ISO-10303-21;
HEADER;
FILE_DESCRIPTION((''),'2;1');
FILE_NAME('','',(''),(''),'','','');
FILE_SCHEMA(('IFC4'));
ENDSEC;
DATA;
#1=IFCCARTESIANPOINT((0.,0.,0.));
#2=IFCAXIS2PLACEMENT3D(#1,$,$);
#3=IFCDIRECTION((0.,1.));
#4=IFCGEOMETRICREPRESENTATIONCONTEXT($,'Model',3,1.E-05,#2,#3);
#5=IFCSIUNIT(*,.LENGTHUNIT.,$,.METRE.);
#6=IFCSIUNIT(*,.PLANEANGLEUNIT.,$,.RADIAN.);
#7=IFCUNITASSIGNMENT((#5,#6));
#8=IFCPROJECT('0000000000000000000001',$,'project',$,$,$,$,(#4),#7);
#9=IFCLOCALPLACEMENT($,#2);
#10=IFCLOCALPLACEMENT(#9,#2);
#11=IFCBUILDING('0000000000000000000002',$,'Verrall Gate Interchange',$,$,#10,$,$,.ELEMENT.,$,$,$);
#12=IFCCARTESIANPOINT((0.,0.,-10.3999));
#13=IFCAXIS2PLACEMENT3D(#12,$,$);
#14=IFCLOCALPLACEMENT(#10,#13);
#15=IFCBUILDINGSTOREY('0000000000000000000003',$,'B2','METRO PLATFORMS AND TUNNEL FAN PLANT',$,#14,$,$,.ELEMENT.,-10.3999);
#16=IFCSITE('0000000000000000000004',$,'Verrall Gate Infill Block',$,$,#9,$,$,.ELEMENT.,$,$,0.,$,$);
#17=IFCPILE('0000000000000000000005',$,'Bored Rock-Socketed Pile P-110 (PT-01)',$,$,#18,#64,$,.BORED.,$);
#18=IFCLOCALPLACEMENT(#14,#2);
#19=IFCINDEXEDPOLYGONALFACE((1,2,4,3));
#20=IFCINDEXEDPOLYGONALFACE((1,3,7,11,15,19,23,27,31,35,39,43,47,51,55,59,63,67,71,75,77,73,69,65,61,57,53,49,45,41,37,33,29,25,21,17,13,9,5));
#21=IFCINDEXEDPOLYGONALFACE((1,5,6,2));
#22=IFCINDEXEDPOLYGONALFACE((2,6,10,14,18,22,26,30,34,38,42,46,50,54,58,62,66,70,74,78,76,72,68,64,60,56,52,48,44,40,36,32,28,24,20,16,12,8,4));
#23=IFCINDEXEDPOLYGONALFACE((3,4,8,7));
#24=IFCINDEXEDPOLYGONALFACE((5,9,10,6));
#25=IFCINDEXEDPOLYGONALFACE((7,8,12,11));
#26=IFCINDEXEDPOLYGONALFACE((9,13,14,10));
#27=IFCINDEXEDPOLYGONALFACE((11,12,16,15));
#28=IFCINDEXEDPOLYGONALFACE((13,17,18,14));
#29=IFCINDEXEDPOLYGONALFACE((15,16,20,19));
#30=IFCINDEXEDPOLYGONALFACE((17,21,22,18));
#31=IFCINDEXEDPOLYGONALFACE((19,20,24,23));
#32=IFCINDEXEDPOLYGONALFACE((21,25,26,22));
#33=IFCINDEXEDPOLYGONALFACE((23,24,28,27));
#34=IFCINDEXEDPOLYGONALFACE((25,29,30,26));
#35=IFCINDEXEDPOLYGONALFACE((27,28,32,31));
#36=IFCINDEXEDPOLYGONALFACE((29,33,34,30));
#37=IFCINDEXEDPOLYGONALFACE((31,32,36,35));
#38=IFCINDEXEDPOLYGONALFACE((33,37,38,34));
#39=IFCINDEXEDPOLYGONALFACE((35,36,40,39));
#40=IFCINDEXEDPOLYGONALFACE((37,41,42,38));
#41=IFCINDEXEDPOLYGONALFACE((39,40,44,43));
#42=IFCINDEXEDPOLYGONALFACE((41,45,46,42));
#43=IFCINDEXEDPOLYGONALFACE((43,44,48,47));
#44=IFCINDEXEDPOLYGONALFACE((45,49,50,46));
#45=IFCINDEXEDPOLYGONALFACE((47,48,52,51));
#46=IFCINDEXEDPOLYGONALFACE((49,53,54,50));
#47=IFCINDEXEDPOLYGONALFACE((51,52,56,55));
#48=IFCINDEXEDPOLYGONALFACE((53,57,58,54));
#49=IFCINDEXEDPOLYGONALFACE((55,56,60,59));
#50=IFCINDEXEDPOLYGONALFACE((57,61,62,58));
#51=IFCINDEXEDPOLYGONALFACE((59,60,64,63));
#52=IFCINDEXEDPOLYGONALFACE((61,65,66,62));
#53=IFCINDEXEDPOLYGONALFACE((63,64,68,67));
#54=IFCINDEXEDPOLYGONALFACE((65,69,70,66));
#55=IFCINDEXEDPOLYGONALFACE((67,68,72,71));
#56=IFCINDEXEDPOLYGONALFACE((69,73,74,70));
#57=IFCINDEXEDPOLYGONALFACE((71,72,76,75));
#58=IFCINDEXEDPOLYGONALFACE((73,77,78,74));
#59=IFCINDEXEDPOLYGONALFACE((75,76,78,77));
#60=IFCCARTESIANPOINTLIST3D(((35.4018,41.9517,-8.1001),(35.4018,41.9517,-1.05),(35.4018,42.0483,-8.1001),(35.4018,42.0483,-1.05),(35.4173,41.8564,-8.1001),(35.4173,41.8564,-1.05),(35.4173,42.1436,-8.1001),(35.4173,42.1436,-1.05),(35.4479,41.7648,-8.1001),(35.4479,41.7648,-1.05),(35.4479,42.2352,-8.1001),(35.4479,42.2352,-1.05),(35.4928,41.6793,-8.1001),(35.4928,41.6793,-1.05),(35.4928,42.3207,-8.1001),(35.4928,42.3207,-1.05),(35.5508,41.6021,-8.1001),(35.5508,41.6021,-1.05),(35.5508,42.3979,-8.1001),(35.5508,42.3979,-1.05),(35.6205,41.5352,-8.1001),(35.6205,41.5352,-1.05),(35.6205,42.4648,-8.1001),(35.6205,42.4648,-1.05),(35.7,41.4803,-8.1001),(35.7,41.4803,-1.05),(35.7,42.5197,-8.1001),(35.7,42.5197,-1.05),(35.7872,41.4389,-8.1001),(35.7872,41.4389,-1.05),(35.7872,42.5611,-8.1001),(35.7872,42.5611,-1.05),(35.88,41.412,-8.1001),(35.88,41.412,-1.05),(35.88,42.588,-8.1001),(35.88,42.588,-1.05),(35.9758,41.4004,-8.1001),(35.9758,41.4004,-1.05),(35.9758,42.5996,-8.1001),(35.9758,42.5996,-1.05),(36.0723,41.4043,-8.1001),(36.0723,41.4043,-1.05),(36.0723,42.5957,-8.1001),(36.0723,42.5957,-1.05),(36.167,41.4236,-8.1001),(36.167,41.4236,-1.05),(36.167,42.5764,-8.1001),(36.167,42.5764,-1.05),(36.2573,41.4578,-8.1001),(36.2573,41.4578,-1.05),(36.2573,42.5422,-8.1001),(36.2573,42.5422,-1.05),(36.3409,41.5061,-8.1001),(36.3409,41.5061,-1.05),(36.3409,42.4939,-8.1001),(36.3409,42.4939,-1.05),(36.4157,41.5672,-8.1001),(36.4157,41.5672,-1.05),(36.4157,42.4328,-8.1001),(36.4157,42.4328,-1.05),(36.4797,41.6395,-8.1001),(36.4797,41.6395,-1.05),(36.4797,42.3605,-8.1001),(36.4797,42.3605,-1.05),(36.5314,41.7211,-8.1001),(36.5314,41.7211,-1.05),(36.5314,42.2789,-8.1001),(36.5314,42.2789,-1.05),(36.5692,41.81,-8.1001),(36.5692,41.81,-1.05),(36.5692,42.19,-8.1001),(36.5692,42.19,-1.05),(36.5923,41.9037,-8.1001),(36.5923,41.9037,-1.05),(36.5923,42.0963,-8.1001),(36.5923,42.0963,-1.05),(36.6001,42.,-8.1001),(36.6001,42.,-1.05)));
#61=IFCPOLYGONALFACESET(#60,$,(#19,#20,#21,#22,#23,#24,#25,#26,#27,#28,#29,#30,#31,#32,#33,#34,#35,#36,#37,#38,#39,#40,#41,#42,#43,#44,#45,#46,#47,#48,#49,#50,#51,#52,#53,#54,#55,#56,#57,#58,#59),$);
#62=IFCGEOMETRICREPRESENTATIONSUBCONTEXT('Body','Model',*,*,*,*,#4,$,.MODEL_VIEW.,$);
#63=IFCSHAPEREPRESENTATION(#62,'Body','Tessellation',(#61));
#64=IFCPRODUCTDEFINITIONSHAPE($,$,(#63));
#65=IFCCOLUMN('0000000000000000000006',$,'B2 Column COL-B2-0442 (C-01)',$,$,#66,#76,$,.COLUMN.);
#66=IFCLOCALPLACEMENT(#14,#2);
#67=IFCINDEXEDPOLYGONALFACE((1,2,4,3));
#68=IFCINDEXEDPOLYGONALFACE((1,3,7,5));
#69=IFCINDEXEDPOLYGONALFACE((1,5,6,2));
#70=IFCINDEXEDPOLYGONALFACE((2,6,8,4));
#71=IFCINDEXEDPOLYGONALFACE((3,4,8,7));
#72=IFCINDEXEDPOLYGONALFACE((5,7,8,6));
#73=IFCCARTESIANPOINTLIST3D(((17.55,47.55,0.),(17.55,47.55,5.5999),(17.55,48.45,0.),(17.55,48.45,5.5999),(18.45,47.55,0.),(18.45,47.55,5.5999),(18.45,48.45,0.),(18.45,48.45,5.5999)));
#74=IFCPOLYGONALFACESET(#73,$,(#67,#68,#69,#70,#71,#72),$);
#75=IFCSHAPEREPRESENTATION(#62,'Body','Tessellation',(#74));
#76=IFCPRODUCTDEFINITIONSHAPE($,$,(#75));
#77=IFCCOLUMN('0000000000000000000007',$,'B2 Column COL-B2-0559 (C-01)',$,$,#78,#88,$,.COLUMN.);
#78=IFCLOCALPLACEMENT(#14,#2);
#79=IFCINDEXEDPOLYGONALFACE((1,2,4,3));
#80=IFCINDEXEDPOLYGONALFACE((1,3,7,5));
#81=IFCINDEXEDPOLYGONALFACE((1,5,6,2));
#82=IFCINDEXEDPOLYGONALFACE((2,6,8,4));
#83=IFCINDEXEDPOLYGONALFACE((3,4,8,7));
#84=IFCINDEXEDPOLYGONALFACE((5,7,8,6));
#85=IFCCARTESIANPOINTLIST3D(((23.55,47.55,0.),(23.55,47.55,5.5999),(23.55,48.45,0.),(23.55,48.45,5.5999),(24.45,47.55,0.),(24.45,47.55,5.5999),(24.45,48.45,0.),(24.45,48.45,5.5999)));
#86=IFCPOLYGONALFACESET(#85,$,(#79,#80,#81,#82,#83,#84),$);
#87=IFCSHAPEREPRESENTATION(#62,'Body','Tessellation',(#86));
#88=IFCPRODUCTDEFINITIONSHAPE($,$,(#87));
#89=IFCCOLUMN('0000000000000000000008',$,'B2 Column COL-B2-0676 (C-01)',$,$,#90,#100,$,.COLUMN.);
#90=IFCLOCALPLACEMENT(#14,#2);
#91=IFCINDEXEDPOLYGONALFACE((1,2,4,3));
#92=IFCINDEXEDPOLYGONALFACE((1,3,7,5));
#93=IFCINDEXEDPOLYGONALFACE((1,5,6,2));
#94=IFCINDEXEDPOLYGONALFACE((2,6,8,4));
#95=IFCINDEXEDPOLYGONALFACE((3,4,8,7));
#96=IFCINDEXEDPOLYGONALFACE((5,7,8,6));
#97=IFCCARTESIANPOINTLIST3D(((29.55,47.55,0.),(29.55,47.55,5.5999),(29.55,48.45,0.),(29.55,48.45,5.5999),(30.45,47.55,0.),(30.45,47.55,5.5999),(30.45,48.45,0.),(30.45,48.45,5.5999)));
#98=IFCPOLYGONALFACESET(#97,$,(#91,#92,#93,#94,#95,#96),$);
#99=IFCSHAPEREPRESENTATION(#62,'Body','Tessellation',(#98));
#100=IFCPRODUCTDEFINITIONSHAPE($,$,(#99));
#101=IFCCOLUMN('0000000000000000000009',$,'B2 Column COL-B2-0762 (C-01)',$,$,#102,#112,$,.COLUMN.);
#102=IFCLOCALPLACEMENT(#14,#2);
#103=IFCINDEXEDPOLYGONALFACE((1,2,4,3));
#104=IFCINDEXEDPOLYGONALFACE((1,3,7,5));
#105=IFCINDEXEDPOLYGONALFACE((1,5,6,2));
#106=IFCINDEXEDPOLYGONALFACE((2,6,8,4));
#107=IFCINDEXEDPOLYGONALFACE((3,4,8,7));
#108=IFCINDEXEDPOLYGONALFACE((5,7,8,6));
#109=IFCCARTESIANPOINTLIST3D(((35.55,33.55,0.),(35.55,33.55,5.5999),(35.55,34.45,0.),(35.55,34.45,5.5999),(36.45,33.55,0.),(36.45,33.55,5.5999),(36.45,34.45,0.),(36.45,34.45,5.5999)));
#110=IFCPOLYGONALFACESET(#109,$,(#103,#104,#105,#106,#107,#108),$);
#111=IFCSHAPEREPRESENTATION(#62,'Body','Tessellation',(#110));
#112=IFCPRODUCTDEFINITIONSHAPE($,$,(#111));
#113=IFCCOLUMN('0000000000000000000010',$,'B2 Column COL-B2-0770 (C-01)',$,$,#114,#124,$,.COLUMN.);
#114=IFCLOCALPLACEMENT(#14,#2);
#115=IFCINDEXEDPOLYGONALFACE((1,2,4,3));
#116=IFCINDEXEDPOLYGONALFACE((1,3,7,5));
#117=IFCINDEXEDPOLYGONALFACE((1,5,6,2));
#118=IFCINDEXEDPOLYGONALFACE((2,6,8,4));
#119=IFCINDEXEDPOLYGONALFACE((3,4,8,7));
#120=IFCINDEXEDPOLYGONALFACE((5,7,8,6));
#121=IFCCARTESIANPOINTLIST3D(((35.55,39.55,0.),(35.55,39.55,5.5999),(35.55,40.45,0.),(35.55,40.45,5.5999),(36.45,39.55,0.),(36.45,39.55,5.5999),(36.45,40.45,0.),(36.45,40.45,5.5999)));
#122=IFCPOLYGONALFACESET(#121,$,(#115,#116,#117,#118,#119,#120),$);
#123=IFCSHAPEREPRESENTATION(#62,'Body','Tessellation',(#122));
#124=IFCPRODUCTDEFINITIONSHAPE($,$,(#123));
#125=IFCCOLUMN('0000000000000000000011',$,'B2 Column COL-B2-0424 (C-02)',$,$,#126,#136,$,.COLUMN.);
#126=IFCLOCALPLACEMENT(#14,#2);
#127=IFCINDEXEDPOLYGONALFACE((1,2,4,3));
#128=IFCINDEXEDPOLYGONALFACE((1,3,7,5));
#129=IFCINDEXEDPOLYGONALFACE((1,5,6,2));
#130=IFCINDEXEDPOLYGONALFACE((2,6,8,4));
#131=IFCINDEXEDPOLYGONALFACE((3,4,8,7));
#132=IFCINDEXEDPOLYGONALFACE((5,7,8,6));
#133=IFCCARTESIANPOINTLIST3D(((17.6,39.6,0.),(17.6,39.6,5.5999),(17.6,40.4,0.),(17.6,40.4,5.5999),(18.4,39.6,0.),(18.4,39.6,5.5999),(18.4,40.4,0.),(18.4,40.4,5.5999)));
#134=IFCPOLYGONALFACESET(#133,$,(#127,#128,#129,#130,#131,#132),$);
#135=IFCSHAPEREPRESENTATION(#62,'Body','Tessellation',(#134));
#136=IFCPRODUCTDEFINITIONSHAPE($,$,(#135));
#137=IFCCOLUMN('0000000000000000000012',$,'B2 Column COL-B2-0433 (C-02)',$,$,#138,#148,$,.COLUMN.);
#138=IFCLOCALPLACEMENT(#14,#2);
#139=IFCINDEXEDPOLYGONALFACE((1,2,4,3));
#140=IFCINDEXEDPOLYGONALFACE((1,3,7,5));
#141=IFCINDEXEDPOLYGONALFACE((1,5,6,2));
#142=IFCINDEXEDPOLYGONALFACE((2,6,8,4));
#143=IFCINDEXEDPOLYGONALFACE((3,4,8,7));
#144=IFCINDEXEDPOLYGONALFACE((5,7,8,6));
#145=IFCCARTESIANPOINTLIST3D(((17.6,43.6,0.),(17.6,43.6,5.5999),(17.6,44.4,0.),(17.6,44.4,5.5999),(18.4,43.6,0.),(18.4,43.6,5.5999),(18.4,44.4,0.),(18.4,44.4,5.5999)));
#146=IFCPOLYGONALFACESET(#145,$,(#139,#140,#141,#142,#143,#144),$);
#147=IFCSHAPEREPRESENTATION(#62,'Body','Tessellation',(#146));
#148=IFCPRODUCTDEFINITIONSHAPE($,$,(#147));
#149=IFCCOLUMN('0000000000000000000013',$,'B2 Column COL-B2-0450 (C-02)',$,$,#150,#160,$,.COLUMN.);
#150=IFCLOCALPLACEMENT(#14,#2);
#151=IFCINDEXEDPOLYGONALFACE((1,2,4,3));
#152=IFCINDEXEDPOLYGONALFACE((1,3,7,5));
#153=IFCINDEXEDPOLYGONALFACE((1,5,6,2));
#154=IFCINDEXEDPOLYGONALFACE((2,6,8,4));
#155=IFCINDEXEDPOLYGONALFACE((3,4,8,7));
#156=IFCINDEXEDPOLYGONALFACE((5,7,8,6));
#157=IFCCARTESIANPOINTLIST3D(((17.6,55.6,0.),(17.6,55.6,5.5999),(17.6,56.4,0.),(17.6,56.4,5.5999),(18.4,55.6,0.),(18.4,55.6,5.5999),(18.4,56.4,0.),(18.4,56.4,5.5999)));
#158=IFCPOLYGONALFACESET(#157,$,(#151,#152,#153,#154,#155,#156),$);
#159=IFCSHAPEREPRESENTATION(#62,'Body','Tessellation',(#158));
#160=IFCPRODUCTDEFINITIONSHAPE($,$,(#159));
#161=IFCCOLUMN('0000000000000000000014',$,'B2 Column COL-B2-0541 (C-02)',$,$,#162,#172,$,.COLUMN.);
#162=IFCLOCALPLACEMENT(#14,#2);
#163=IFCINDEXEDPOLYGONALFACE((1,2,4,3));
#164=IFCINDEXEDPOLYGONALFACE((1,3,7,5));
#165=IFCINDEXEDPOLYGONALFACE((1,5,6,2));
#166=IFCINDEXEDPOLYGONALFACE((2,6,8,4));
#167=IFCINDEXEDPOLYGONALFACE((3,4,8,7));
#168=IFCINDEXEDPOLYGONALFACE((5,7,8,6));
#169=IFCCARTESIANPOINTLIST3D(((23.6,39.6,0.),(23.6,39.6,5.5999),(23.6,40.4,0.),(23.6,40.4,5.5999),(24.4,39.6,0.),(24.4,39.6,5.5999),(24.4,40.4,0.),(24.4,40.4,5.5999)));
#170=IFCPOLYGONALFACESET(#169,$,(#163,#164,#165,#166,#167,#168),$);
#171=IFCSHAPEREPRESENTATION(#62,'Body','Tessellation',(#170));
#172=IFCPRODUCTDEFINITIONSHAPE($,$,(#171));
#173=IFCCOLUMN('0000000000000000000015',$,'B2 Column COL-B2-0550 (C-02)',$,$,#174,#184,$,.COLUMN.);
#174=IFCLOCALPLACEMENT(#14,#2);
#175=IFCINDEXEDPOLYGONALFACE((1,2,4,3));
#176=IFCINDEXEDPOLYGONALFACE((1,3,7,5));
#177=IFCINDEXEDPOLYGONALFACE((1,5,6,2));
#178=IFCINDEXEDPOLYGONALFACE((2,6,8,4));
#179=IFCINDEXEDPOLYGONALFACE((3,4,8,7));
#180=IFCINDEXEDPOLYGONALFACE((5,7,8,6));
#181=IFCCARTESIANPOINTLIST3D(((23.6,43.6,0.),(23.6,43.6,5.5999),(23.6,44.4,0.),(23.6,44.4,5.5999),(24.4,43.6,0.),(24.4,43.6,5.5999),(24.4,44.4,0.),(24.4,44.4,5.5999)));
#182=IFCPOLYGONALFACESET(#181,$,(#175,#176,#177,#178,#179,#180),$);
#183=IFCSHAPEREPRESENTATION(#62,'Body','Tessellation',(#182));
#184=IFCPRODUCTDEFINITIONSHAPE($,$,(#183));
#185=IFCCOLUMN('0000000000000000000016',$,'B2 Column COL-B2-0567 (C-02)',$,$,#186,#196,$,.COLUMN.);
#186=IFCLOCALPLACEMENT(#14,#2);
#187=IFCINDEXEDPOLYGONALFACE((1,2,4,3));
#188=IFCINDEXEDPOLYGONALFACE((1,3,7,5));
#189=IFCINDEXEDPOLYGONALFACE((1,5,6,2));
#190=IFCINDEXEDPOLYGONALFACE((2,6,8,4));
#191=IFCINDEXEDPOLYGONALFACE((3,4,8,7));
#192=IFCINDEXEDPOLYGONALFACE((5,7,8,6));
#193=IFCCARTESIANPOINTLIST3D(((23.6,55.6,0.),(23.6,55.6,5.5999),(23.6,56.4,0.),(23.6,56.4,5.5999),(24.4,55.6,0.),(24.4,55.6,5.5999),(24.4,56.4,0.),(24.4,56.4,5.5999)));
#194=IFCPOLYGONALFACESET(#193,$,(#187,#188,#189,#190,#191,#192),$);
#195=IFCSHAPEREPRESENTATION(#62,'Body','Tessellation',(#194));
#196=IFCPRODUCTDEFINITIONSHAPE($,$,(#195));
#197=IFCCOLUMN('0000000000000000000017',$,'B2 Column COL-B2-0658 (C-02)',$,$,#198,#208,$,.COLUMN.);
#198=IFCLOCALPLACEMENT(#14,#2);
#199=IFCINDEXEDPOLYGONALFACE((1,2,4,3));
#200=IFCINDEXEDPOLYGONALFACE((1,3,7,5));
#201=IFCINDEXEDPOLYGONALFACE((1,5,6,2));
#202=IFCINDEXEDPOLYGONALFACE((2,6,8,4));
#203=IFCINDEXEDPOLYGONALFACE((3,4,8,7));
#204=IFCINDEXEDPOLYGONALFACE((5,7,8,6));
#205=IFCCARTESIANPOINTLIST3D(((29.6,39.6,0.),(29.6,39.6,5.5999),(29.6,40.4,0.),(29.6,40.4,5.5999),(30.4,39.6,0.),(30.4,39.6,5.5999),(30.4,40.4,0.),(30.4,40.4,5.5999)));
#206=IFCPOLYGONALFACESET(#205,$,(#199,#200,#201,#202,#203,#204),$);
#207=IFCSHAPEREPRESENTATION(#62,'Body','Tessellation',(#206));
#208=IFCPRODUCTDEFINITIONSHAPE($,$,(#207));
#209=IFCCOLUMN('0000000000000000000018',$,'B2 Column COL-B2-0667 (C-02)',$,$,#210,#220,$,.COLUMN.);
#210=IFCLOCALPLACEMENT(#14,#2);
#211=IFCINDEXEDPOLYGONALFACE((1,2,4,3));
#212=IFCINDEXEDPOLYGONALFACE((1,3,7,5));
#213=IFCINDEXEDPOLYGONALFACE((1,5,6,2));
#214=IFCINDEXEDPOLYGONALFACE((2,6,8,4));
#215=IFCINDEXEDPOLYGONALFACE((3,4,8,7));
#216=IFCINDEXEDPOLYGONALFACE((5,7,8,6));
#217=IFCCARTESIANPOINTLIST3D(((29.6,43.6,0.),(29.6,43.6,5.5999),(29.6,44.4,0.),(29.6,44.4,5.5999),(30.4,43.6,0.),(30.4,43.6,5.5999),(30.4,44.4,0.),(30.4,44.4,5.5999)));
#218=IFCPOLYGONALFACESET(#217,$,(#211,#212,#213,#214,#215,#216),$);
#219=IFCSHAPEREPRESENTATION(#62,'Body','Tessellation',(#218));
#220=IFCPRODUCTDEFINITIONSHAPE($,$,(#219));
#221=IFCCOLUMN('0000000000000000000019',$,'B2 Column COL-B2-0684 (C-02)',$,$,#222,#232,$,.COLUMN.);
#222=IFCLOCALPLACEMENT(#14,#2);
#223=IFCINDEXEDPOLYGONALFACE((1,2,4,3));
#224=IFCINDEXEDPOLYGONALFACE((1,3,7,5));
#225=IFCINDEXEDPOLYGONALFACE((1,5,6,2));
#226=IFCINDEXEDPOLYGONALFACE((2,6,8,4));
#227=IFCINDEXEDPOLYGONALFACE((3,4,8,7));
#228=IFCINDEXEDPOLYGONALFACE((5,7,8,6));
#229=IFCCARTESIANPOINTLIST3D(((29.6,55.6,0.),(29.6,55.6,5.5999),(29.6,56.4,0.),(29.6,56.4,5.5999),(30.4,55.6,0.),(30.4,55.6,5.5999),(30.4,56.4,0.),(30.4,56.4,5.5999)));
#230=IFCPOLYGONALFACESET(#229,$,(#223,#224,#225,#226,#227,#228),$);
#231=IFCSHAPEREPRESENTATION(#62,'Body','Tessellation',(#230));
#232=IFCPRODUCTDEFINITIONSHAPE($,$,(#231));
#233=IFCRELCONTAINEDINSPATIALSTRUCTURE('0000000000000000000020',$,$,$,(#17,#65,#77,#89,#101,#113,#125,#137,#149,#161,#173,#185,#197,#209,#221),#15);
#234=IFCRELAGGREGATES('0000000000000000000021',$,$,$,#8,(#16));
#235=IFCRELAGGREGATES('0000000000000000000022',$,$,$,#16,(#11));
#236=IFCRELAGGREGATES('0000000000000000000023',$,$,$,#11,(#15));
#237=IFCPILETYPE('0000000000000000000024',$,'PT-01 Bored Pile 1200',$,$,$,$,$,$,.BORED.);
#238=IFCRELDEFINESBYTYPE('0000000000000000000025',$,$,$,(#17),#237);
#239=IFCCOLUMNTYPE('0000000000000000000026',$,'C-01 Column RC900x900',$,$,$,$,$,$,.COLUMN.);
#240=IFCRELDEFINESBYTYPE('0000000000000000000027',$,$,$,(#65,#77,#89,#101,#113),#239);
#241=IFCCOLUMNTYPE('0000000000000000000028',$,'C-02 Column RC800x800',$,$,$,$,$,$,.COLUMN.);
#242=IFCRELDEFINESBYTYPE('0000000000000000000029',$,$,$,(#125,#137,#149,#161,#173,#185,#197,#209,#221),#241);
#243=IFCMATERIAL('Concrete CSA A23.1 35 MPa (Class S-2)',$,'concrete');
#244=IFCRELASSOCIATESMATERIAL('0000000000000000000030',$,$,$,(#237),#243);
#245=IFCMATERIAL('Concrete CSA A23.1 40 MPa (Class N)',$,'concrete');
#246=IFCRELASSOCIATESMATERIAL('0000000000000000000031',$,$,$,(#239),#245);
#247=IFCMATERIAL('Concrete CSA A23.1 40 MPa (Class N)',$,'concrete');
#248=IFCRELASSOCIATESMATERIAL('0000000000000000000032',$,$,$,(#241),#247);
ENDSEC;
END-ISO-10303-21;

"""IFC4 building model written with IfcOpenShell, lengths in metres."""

from ifc_helpers import new_model, si_unit, direction, frame, origin, origin_2d, place, context, subcontext, project, spatial, rectangle, circle, extrude, material, material_profile, profile_set, type_object, element, save


model = new_model("IFC4")

# Units and contexts
model_context = context("Model", 3, precision=1e-05, world=origin(), true_north=direction((0.0, 1.0)))
body_context = subcontext(model_context, "Body", "Model", "MODEL_VIEW")
ifc_project = project(units=[si_unit("LENGTHUNIT", "METRE"), si_unit("PLANEANGLEUNIT", "RADIAN")], contexts=[model_context])

# Site, building, storey
site_placement = place(None, origin())
site = spatial("IfcSite", under=ifc_project, at=site_placement, Name="Verrall Gate Infill Block", CompositionType="ELEMENT", RefElevation=0.0)
building_placement = place(site_placement, origin())
building = spatial("IfcBuilding", under=site, at=building_placement, Name="Verrall Gate Interchange", CompositionType="ELEMENT")
storey_placement = place(building_placement, frame((0.0, 0.0, -10.3999)))
storey = spatial("IfcBuildingStorey", under=building, at=storey_placement, Name="B2", Description="METRO PLATFORMS AND TUNNEL FAN PLANT", CompositionType="ELEMENT", Elevation=-10.3999)

# Pile
ifc_material_1 = material(Name="Concrete CSA A23.1 35 MPa (Class S-2)", Category="concrete")
ifc_material_profile_1 = material_profile(ifc_material_1, circle(Radius=0.6001, at=origin_2d()), Name="PILE1200D")
ifc_profile_set_1 = profile_set([ifc_material_profile_1], Name="Concrete CSA A23.1 35 MPa (Class S-2)")
pile_type = type_object("IfcPileType", Name="PT-01 Bored Pile 1200", PredefinedType="BORED", material=ifc_profile_set_1)
for number, where, z_axis, x_axis, name in (
    (1, (36.0, 42.0, -1.05), (0.0, 0.0, -1.0), (1.0, 0.0, 0.0), "Bored Rock-Socketed Pile P-110 (PT-01)"),
):
    element("IfcPile", number, at=place(storey_placement, frame(where, z_axis=z_axis, x_axis=x_axis)), inside=storey, type_object=pile_type, Name=name, PredefinedType="BORED", context=body_context, shape_type="SweptSolid", body=[
        extrude(circle(Radius=0.6001, at=origin_2d()), origin(), (0.0, 0.0, 1.0), 7.05),
    ])

# Columns
ifc_material_2 = material(Name="Concrete CSA A23.1 40 MPa (Class N)", Category="concrete")
ifc_material_profile_2 = material_profile(ifc_material_2, rectangle(XDim=0.8999, YDim=0.8999, at=origin_2d()), Name="RC900x900")
ifc_profile_set_2 = profile_set([ifc_material_profile_2], Name="Concrete CSA A23.1 40 MPa (Class N)")
column_type_1 = type_object("IfcColumnType", Name="C-01 Column RC900x900", PredefinedType="COLUMN", material=ifc_profile_set_2)
for number, where, z_axis, x_axis, name in (
    (2, (18.0, 48.0, 0.0), (0.0, 0.0, 1.0), (1.0, 0.0, 0.0), "B2 Column COL-B2-0442 (C-01)"),
    (3, (24.0, 48.0, 0.0), (0.0, 0.0, 1.0), (1.0, 0.0, 0.0), "B2 Column COL-B2-0559 (C-01)"),
    (4, (30.0, 48.0, 0.0), (0.0, 0.0, 1.0), (1.0, 0.0, 0.0), "B2 Column COL-B2-0676 (C-01)"),
    (5, (36.0, 34.0, 0.0), (0.0, 0.0, 1.0), (1.0, 0.0, 0.0), "B2 Column COL-B2-0762 (C-01)"),
    (6, (36.0, 40.0, 0.0), (0.0, 0.0, 1.0), (1.0, 0.0, 0.0), "B2 Column COL-B2-0770 (C-01)"),
):
    element("IfcColumn", number, at=place(storey_placement, frame(where, z_axis=z_axis, x_axis=x_axis)), inside=storey, type_object=column_type_1, Name=name, PredefinedType="COLUMN", context=body_context, shape_type="SweptSolid", body=[
        extrude(rectangle(XDim=0.8999, YDim=0.8999, at=origin_2d()), origin(), (0.0, 0.0, 1.0), 5.5999),
    ])
ifc_material_3 = material(Name="Concrete CSA A23.1 40 MPa (Class N)", Category="concrete")
ifc_material_profile_3 = material_profile(ifc_material_3, rectangle(XDim=0.8, YDim=0.8, at=origin_2d()), Name="RC800x800")
ifc_profile_set_3 = profile_set([ifc_material_profile_3], Name="Concrete CSA A23.1 40 MPa (Class N)")
column_type_2 = type_object("IfcColumnType", Name="C-02 Column RC800x800", PredefinedType="COLUMN", material=ifc_profile_set_3)
for number, where, z_axis, x_axis, name in (
    (7, (18.0, 40.0, 0.0), (0.0, 0.0, 1.0), (1.0, 0.0, 0.0), "B2 Column COL-B2-0424 (C-02)"),
    (8, (18.0, 44.0, 0.0), (0.0, 0.0, 1.0), (1.0, 0.0, 0.0), "B2 Column COL-B2-0433 (C-02)"),
    (9, (18.0, 56.0, 0.0), (0.0, 0.0, 1.0), (1.0, 0.0, 0.0), "B2 Column COL-B2-0450 (C-02)"),
    (10, (24.0, 40.0, 0.0), (0.0, 0.0, 1.0), (1.0, 0.0, 0.0), "B2 Column COL-B2-0541 (C-02)"),
    (11, (24.0, 44.0, 0.0), (0.0, 0.0, 1.0), (1.0, 0.0, 0.0), "B2 Column COL-B2-0550 (C-02)"),
    (12, (24.0, 56.0, 0.0), (0.0, 0.0, 1.0), (1.0, 0.0, 0.0), "B2 Column COL-B2-0567 (C-02)"),
    (13, (30.0, 40.0, 0.0), (0.0, 0.0, 1.0), (1.0, 0.0, 0.0), "B2 Column COL-B2-0658 (C-02)"),
    (14, (30.0, 44.0, 0.0), (0.0, 0.0, 1.0), (1.0, 0.0, 0.0), "B2 Column COL-B2-0667 (C-02)"),
    (15, (30.0, 56.0, 0.0), (0.0, 0.0, 1.0), (1.0, 0.0, 0.0), "B2 Column COL-B2-0684 (C-02)"),
):
    element("IfcColumn", number, at=place(storey_placement, frame(where, z_axis=z_axis, x_axis=x_axis)), inside=storey, type_object=column_type_2, Name=name, PredefinedType="COLUMN", context=body_context, shape_type="SweptSolid", body=[
        extrude(rectangle(XDim=0.8, YDim=0.8, at=origin_2d()), origin(), (0.0, 0.0, 1.0), 5.5999),
    ])

save(model, "model.ifc")
